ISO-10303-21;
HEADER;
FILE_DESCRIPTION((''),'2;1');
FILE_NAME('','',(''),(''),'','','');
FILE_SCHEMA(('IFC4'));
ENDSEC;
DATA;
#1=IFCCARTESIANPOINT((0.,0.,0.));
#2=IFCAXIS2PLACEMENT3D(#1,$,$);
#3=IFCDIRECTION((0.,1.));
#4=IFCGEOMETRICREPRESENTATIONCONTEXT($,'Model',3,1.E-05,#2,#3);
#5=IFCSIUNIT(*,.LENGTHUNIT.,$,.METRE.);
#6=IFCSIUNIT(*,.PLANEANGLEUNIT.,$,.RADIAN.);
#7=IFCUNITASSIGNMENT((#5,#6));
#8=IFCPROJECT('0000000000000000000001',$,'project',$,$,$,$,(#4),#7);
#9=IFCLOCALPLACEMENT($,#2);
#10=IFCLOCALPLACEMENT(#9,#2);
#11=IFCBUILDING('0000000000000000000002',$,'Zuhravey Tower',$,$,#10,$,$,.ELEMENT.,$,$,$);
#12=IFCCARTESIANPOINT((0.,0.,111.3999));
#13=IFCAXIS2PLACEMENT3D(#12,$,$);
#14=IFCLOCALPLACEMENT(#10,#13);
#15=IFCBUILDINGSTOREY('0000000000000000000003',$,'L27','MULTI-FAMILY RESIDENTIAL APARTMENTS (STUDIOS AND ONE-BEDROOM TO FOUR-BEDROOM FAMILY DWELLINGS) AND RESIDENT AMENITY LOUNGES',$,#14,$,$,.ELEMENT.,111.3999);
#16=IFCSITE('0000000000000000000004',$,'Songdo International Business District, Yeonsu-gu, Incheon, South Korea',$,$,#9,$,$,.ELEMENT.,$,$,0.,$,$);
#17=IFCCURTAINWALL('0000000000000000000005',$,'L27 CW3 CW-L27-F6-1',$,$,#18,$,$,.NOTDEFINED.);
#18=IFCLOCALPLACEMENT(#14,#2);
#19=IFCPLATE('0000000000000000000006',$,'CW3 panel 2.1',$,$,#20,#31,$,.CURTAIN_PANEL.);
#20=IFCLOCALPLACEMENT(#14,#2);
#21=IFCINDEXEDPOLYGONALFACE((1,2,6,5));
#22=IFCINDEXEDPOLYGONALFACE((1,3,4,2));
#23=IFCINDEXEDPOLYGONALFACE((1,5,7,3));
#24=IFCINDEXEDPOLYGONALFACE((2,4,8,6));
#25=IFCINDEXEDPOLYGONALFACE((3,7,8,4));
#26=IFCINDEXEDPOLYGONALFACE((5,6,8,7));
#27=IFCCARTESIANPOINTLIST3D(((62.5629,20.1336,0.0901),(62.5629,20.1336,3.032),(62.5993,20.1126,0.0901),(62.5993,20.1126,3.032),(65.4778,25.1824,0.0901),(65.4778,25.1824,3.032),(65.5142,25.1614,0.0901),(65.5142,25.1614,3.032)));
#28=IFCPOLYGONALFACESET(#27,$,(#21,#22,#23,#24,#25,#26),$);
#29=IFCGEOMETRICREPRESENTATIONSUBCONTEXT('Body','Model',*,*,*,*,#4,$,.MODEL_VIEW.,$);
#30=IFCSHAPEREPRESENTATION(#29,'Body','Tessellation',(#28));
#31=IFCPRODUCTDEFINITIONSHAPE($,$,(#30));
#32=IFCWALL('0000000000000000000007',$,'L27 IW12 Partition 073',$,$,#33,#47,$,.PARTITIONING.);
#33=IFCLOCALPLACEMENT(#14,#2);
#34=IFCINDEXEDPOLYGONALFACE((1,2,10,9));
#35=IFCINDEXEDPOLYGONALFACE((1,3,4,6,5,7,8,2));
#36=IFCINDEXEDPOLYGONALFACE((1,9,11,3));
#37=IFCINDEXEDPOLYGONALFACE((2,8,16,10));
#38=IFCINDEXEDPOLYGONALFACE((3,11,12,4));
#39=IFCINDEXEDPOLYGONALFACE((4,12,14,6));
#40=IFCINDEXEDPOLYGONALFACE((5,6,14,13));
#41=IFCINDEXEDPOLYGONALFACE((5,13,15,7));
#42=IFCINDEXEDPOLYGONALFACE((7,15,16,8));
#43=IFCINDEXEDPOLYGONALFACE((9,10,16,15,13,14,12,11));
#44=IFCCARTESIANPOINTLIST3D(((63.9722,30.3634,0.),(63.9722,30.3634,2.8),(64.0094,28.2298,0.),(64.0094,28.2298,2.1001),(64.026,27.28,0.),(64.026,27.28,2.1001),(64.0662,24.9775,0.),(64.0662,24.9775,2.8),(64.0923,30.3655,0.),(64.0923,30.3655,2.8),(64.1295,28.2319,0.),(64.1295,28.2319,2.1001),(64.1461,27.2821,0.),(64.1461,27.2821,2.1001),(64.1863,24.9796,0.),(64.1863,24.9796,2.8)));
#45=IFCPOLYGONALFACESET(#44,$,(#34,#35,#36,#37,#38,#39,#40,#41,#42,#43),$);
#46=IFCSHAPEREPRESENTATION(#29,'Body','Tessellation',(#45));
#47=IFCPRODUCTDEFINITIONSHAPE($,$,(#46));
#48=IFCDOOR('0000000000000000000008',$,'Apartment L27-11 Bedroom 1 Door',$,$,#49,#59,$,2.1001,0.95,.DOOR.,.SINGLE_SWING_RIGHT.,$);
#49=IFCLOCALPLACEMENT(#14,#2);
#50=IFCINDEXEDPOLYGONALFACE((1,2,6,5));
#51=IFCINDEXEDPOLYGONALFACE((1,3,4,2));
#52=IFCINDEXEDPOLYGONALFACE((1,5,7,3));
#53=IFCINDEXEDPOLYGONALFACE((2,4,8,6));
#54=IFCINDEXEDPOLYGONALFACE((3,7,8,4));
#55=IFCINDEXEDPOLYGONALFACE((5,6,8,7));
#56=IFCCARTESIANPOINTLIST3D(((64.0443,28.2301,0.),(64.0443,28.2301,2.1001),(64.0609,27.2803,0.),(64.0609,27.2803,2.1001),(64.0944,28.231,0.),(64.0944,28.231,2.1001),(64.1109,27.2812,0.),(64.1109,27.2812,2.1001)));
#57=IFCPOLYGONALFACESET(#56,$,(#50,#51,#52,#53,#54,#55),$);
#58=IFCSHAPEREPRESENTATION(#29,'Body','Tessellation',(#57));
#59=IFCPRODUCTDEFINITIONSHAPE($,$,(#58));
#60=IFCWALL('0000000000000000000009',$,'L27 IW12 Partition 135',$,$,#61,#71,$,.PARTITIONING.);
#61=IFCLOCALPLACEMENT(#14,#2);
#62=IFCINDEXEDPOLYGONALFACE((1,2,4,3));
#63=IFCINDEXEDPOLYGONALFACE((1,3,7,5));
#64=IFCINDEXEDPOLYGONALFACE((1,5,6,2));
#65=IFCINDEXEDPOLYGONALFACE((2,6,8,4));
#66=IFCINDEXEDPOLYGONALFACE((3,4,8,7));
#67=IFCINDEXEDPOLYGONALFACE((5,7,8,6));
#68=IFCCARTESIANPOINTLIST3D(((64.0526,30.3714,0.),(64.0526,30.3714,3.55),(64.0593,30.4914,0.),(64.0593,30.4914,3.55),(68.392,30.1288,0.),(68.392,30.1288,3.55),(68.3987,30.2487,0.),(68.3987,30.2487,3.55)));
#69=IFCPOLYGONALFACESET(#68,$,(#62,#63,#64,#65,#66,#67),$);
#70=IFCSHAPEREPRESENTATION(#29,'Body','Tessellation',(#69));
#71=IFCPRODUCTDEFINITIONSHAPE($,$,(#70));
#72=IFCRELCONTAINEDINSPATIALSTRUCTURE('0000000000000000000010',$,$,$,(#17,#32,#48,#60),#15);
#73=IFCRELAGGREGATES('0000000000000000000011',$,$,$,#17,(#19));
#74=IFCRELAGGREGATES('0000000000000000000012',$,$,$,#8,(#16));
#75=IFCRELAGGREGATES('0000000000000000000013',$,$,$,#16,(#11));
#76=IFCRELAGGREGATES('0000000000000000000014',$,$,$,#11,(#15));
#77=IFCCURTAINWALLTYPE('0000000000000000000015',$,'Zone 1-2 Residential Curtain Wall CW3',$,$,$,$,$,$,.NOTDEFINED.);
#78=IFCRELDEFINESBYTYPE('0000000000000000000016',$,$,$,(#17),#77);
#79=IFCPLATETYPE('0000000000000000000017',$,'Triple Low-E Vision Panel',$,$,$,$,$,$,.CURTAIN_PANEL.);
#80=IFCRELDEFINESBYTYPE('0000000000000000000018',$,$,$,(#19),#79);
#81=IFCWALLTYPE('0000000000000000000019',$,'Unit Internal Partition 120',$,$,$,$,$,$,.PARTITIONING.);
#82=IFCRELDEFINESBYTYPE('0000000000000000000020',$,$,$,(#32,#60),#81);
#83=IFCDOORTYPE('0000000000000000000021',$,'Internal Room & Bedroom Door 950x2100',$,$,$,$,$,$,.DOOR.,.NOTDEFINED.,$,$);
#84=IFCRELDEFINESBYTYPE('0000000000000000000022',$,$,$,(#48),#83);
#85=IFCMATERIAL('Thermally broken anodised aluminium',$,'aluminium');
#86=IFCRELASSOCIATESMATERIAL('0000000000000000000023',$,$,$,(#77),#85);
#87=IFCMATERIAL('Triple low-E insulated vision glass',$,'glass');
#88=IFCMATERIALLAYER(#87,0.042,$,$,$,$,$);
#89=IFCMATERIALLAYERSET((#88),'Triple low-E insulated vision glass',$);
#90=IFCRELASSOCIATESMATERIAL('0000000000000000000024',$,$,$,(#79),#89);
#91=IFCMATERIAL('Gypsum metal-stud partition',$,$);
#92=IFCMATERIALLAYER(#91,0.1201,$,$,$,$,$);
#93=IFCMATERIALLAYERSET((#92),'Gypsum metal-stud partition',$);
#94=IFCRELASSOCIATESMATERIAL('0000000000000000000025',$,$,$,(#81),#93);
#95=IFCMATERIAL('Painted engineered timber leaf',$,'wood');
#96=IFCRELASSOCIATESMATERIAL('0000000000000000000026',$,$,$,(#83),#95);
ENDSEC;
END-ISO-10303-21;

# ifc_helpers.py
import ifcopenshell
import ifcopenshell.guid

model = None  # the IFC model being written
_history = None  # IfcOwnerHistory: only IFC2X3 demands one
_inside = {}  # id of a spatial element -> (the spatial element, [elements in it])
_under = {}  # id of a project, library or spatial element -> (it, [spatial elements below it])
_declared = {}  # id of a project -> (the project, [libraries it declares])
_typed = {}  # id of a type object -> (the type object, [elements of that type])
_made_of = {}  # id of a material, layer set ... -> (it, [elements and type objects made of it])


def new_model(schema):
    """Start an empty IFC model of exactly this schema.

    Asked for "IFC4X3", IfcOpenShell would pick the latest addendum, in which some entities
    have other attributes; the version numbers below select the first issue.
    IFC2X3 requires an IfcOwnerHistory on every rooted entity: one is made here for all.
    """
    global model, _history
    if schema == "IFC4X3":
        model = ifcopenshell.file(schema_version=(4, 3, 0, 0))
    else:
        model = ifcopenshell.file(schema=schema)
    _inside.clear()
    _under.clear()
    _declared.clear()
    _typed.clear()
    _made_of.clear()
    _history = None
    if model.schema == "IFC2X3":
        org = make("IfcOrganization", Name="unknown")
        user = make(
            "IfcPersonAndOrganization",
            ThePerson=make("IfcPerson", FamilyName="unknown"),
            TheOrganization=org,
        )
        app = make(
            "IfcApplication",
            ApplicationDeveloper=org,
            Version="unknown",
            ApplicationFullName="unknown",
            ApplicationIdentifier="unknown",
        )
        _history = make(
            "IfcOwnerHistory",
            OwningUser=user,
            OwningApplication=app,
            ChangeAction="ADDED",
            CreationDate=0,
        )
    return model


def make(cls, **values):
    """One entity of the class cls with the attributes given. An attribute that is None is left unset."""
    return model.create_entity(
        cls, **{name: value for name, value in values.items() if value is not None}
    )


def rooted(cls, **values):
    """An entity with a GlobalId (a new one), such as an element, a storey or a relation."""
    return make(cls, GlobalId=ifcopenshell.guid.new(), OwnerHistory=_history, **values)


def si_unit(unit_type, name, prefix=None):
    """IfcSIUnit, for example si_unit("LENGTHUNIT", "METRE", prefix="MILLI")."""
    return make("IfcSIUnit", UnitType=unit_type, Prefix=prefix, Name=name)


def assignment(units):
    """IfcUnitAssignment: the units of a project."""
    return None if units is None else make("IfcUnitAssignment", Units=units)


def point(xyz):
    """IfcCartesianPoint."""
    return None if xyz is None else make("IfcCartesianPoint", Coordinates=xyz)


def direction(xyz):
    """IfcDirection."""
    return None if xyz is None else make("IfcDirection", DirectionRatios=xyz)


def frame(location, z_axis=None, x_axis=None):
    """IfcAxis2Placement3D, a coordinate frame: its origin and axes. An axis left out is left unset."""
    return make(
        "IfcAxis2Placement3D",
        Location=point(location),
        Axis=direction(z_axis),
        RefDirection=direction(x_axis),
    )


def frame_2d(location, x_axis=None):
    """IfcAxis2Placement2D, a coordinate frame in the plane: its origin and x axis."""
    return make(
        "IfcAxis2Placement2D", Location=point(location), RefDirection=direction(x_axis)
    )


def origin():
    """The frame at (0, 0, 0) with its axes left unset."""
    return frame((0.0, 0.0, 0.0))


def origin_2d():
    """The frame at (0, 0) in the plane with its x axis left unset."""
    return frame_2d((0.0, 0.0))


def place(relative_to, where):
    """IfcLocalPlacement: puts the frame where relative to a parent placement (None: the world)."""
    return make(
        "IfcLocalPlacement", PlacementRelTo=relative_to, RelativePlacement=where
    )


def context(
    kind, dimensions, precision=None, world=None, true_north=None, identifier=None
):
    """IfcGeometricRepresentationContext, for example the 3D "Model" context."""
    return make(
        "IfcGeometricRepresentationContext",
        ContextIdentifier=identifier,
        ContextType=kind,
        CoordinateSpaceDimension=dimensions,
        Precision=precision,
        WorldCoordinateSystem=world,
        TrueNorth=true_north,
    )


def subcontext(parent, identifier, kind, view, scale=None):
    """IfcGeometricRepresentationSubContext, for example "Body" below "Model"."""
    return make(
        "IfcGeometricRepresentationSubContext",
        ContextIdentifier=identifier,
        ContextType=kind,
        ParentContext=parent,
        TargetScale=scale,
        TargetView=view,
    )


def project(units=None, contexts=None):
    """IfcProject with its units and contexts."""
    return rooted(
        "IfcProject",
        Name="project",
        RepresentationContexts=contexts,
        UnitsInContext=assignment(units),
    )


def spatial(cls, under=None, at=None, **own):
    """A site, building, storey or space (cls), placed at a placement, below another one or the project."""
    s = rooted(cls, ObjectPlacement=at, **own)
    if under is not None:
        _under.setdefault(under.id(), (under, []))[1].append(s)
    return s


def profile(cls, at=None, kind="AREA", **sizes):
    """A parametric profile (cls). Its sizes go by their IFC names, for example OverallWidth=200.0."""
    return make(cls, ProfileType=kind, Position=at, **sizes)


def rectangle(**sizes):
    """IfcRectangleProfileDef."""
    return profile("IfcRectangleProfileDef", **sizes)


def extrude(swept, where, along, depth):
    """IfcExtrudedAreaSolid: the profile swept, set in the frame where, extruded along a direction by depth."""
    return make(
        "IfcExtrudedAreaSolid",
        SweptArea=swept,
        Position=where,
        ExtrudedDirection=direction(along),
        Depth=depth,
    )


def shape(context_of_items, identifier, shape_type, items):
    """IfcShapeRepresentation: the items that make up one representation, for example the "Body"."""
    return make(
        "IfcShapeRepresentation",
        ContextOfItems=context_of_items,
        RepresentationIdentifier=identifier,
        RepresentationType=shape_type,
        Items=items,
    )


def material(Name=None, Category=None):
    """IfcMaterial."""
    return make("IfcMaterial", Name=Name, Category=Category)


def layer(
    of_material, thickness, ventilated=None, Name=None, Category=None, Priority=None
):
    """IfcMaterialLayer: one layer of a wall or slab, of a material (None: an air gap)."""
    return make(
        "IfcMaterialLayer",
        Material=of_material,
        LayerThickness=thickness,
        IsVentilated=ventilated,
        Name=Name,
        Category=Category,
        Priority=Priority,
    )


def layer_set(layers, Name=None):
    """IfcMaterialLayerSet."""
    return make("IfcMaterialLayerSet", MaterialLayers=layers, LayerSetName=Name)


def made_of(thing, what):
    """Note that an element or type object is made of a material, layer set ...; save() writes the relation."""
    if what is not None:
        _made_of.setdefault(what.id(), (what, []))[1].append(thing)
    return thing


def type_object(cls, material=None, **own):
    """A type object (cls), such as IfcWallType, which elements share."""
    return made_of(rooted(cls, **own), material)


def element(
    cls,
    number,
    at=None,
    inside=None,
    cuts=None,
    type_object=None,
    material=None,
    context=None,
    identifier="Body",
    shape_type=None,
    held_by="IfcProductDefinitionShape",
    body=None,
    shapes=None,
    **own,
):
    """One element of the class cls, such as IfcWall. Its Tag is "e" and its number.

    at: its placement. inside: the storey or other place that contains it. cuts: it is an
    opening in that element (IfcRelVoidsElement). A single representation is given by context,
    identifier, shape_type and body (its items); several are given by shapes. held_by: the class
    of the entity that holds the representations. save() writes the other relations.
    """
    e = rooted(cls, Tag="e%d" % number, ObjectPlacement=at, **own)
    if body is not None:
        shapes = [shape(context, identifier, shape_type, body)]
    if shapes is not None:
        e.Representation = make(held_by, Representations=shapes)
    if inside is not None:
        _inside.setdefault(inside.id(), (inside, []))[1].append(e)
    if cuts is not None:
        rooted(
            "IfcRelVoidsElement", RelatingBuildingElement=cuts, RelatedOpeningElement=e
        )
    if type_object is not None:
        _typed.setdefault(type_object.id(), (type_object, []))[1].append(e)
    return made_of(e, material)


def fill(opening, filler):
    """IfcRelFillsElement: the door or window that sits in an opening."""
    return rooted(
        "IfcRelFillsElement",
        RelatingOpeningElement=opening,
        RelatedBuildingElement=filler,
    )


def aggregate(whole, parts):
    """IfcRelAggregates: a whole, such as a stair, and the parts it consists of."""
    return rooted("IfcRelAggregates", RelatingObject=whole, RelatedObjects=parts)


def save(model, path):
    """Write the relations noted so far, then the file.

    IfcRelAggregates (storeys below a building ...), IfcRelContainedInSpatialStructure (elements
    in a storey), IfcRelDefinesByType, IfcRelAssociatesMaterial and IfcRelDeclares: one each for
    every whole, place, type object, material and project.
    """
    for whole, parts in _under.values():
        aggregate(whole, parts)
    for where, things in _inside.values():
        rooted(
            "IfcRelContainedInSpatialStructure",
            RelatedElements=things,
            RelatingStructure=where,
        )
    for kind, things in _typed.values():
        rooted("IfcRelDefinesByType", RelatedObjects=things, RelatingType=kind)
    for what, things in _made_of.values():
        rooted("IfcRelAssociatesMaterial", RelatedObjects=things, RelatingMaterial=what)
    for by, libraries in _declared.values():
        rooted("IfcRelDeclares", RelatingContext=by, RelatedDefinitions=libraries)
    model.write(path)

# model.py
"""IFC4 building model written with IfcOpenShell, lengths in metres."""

from ifc_helpers import new_model, si_unit, direction, frame, frame_2d, origin, origin_2d, place, context, subcontext, project, spatial, rectangle, extrude, material, layer, layer_set, type_object, element, fill, aggregate, save


model = new_model("IFC4")

# Units and contexts
model_context = context("Model", 3, precision=1e-05, world=origin(), true_north=direction((0.0, 1.0)))
body_context = subcontext(model_context, "Body", "Model", "MODEL_VIEW")
ifc_project = project(units=[si_unit("LENGTHUNIT", "METRE"), si_unit("PLANEANGLEUNIT", "RADIAN")], contexts=[model_context])

# Site, building, storey
site_placement = place(None, origin())
site = spatial("IfcSite", under=ifc_project, at=site_placement, Name="Songdo International Business District, Yeonsu-gu, Incheon, South Korea", CompositionType="ELEMENT", RefElevation=0.0)
building_placement = place(site_placement, origin())
building = spatial("IfcBuilding", under=site, at=building_placement, Name="Zuhravey Tower", CompositionType="ELEMENT")
storey_placement = place(building_placement, frame((0.0, 0.0, 111.3999)))
storey = spatial("IfcBuildingStorey", under=building, at=storey_placement, Name="L27", Description="MULTI-FAMILY RESIDENTIAL APARTMENTS (STUDIOS AND ONE-BEDROOM TO FOUR-BEDROOM FAMILY DWELLINGS) AND RESIDENT AMENITY LOUNGES", CompositionType="ELEMENT", Elevation=111.3999)

# Curtain wall
ifc_material_1 = material(Name="Thermally broken anodised aluminium", Category="aluminium")
curtain_wall_type = type_object("IfcCurtainWallType", Name="Zone 1-2 Residential Curtain Wall CW3", PredefinedType="NOTDEFINED", material=ifc_material_1)
curtain_wall_placement = place(storey_placement, origin())
curtain_wall = element("IfcCurtainWall", 1, at=curtain_wall_placement, inside=storey, type_object=curtain_wall_type, Name="L27 CW3 CW-L27-F6-1", PredefinedType="NOTDEFINED")

# Plate
ifc_material_2 = material(Name="Triple low-E insulated vision glass", Category="glass")
ifc_layer_1 = layer(ifc_material_2, 0.042)
ifc_layer_set_1 = layer_set([ifc_layer_1], Name="Triple low-E insulated vision glass")
plate_type = type_object("IfcPlateType", Name="Triple Low-E Vision Panel", PredefinedType="CURTAIN_PANEL", material=ifc_layer_set_1)
plate_1_placement = place(storey_placement, frame((64.0386, 22.6475, 0.0901), z_axis=(0.0, 0.0, 1.0), x_axis=(-0.5, -0.866026, 0.0)))
plate_1 = element("IfcPlate", 2, at=plate_1_placement, type_object=plate_type, Name="CW3 panel 2.1", PredefinedType="CURTAIN_PANEL", context=body_context, shape_type="SweptSolid", body=[
    extrude(rectangle(XDim=5.8298, YDim=0.042, at=origin_2d()), origin(), (0.0, 0.0, 1.0), 2.9419),
])
aggregate(curtain_wall, [plate_1])

# Wall, opening, door
ifc_material_3 = material(Name="Gypsum metal-stud partition")
ifc_layer_2 = layer(ifc_material_3, 0.1201)
ifc_layer_set_2 = layer_set([ifc_layer_2], Name="Gypsum metal-stud partition")
wall_type = type_object("IfcWallType", Name="Unit Internal Partition 120", PredefinedType="PARTITIONING", material=ifc_layer_set_2)
wall_1_placement = place(storey_placement, frame((64.1262, 24.9785, 0.0), z_axis=(0.0, 0.0, 1.0), x_axis=(-0.017449, 0.999848, 0.0)))
wall_1 = element("IfcWall", 3, at=wall_1_placement, inside=storey, type_object=wall_type, Name="L27 IW12 Partition 073", PredefinedType="PARTITIONING", context=body_context, shape_type="SweptSolid", body=[
    extrude(rectangle(XDim=5.3867, YDim=0.1201, at=frame_2d((2.6934, 0.0))), origin(), (0.0, 0.0, 1.0), 2.8),
])
opening_placement = place(wall_1_placement, frame((2.3027, 0.0, 0.0)))
opening = element("IfcOpeningElement", 4, at=opening_placement, cuts=wall_1, PredefinedType="OPENING", context=body_context, shape_type="SweptSolid", body=[
    extrude(rectangle(XDim=0.95, YDim=2.1001, at=frame_2d((0.4751, 1.05))), frame((0.0, 0.072, 0.0), z_axis=(0.0, -1.0, 0.0), x_axis=(1.0, 0.0, 0.0)), (0.0, 0.0, 1.0), 0.144),
])
ifc_material_4 = material(Name="Painted engineered timber leaf", Category="wood")
door_type = type_object("IfcDoorType", Name="Internal Room & Bedroom Door 950x2100", OperationType="NOTDEFINED", PredefinedType="DOOR", material=ifc_material_4)
door_placement = place(opening_placement, frame((0.95, 0.0, 0.0), z_axis=(0.0, 0.0, 1.0), x_axis=(-1.0, 0.0, 0.0)))
door = element("IfcDoor", 5, at=door_placement, inside=storey, type_object=door_type, Name="Apartment L27-11 Bedroom 1 Door", OperationType="SINGLE_SWING_RIGHT", OverallHeight=2.1001, OverallWidth=0.95, PredefinedType="DOOR", context=body_context, shape_type="SweptSolid", body=[
    extrude(rectangle(XDim=0.95, YDim=2.1001, at=frame_2d((0.4751, 1.05))), frame((0.0, 0.0249, 0.0), z_axis=(0.0, -1.0, 0.0), x_axis=(1.0, 0.0, 0.0)), (0.0, 0.0, 1.0), 0.05),
])
fill(opening, door)

# Wall
wall_2_placement = place(storey_placement, frame((64.0559, 30.4314, 0.0), z_axis=(0.0, 0.0, 1.0), x_axis=(0.99844, -0.055837, 0.0)))
element("IfcWall", 6, at=wall_2_placement, inside=storey, type_object=wall_type, Name="L27 IW12 Partition 135", PredefinedType="PARTITIONING", context=body_context, shape_type="SweptSolid", body=[
    extrude(rectangle(XDim=4.3462, YDim=0.1201, at=frame_2d((2.1731, 0.0))), origin(), (0.0, 0.0, 1.0), 3.55),
])

save(model, "model.ifc")
